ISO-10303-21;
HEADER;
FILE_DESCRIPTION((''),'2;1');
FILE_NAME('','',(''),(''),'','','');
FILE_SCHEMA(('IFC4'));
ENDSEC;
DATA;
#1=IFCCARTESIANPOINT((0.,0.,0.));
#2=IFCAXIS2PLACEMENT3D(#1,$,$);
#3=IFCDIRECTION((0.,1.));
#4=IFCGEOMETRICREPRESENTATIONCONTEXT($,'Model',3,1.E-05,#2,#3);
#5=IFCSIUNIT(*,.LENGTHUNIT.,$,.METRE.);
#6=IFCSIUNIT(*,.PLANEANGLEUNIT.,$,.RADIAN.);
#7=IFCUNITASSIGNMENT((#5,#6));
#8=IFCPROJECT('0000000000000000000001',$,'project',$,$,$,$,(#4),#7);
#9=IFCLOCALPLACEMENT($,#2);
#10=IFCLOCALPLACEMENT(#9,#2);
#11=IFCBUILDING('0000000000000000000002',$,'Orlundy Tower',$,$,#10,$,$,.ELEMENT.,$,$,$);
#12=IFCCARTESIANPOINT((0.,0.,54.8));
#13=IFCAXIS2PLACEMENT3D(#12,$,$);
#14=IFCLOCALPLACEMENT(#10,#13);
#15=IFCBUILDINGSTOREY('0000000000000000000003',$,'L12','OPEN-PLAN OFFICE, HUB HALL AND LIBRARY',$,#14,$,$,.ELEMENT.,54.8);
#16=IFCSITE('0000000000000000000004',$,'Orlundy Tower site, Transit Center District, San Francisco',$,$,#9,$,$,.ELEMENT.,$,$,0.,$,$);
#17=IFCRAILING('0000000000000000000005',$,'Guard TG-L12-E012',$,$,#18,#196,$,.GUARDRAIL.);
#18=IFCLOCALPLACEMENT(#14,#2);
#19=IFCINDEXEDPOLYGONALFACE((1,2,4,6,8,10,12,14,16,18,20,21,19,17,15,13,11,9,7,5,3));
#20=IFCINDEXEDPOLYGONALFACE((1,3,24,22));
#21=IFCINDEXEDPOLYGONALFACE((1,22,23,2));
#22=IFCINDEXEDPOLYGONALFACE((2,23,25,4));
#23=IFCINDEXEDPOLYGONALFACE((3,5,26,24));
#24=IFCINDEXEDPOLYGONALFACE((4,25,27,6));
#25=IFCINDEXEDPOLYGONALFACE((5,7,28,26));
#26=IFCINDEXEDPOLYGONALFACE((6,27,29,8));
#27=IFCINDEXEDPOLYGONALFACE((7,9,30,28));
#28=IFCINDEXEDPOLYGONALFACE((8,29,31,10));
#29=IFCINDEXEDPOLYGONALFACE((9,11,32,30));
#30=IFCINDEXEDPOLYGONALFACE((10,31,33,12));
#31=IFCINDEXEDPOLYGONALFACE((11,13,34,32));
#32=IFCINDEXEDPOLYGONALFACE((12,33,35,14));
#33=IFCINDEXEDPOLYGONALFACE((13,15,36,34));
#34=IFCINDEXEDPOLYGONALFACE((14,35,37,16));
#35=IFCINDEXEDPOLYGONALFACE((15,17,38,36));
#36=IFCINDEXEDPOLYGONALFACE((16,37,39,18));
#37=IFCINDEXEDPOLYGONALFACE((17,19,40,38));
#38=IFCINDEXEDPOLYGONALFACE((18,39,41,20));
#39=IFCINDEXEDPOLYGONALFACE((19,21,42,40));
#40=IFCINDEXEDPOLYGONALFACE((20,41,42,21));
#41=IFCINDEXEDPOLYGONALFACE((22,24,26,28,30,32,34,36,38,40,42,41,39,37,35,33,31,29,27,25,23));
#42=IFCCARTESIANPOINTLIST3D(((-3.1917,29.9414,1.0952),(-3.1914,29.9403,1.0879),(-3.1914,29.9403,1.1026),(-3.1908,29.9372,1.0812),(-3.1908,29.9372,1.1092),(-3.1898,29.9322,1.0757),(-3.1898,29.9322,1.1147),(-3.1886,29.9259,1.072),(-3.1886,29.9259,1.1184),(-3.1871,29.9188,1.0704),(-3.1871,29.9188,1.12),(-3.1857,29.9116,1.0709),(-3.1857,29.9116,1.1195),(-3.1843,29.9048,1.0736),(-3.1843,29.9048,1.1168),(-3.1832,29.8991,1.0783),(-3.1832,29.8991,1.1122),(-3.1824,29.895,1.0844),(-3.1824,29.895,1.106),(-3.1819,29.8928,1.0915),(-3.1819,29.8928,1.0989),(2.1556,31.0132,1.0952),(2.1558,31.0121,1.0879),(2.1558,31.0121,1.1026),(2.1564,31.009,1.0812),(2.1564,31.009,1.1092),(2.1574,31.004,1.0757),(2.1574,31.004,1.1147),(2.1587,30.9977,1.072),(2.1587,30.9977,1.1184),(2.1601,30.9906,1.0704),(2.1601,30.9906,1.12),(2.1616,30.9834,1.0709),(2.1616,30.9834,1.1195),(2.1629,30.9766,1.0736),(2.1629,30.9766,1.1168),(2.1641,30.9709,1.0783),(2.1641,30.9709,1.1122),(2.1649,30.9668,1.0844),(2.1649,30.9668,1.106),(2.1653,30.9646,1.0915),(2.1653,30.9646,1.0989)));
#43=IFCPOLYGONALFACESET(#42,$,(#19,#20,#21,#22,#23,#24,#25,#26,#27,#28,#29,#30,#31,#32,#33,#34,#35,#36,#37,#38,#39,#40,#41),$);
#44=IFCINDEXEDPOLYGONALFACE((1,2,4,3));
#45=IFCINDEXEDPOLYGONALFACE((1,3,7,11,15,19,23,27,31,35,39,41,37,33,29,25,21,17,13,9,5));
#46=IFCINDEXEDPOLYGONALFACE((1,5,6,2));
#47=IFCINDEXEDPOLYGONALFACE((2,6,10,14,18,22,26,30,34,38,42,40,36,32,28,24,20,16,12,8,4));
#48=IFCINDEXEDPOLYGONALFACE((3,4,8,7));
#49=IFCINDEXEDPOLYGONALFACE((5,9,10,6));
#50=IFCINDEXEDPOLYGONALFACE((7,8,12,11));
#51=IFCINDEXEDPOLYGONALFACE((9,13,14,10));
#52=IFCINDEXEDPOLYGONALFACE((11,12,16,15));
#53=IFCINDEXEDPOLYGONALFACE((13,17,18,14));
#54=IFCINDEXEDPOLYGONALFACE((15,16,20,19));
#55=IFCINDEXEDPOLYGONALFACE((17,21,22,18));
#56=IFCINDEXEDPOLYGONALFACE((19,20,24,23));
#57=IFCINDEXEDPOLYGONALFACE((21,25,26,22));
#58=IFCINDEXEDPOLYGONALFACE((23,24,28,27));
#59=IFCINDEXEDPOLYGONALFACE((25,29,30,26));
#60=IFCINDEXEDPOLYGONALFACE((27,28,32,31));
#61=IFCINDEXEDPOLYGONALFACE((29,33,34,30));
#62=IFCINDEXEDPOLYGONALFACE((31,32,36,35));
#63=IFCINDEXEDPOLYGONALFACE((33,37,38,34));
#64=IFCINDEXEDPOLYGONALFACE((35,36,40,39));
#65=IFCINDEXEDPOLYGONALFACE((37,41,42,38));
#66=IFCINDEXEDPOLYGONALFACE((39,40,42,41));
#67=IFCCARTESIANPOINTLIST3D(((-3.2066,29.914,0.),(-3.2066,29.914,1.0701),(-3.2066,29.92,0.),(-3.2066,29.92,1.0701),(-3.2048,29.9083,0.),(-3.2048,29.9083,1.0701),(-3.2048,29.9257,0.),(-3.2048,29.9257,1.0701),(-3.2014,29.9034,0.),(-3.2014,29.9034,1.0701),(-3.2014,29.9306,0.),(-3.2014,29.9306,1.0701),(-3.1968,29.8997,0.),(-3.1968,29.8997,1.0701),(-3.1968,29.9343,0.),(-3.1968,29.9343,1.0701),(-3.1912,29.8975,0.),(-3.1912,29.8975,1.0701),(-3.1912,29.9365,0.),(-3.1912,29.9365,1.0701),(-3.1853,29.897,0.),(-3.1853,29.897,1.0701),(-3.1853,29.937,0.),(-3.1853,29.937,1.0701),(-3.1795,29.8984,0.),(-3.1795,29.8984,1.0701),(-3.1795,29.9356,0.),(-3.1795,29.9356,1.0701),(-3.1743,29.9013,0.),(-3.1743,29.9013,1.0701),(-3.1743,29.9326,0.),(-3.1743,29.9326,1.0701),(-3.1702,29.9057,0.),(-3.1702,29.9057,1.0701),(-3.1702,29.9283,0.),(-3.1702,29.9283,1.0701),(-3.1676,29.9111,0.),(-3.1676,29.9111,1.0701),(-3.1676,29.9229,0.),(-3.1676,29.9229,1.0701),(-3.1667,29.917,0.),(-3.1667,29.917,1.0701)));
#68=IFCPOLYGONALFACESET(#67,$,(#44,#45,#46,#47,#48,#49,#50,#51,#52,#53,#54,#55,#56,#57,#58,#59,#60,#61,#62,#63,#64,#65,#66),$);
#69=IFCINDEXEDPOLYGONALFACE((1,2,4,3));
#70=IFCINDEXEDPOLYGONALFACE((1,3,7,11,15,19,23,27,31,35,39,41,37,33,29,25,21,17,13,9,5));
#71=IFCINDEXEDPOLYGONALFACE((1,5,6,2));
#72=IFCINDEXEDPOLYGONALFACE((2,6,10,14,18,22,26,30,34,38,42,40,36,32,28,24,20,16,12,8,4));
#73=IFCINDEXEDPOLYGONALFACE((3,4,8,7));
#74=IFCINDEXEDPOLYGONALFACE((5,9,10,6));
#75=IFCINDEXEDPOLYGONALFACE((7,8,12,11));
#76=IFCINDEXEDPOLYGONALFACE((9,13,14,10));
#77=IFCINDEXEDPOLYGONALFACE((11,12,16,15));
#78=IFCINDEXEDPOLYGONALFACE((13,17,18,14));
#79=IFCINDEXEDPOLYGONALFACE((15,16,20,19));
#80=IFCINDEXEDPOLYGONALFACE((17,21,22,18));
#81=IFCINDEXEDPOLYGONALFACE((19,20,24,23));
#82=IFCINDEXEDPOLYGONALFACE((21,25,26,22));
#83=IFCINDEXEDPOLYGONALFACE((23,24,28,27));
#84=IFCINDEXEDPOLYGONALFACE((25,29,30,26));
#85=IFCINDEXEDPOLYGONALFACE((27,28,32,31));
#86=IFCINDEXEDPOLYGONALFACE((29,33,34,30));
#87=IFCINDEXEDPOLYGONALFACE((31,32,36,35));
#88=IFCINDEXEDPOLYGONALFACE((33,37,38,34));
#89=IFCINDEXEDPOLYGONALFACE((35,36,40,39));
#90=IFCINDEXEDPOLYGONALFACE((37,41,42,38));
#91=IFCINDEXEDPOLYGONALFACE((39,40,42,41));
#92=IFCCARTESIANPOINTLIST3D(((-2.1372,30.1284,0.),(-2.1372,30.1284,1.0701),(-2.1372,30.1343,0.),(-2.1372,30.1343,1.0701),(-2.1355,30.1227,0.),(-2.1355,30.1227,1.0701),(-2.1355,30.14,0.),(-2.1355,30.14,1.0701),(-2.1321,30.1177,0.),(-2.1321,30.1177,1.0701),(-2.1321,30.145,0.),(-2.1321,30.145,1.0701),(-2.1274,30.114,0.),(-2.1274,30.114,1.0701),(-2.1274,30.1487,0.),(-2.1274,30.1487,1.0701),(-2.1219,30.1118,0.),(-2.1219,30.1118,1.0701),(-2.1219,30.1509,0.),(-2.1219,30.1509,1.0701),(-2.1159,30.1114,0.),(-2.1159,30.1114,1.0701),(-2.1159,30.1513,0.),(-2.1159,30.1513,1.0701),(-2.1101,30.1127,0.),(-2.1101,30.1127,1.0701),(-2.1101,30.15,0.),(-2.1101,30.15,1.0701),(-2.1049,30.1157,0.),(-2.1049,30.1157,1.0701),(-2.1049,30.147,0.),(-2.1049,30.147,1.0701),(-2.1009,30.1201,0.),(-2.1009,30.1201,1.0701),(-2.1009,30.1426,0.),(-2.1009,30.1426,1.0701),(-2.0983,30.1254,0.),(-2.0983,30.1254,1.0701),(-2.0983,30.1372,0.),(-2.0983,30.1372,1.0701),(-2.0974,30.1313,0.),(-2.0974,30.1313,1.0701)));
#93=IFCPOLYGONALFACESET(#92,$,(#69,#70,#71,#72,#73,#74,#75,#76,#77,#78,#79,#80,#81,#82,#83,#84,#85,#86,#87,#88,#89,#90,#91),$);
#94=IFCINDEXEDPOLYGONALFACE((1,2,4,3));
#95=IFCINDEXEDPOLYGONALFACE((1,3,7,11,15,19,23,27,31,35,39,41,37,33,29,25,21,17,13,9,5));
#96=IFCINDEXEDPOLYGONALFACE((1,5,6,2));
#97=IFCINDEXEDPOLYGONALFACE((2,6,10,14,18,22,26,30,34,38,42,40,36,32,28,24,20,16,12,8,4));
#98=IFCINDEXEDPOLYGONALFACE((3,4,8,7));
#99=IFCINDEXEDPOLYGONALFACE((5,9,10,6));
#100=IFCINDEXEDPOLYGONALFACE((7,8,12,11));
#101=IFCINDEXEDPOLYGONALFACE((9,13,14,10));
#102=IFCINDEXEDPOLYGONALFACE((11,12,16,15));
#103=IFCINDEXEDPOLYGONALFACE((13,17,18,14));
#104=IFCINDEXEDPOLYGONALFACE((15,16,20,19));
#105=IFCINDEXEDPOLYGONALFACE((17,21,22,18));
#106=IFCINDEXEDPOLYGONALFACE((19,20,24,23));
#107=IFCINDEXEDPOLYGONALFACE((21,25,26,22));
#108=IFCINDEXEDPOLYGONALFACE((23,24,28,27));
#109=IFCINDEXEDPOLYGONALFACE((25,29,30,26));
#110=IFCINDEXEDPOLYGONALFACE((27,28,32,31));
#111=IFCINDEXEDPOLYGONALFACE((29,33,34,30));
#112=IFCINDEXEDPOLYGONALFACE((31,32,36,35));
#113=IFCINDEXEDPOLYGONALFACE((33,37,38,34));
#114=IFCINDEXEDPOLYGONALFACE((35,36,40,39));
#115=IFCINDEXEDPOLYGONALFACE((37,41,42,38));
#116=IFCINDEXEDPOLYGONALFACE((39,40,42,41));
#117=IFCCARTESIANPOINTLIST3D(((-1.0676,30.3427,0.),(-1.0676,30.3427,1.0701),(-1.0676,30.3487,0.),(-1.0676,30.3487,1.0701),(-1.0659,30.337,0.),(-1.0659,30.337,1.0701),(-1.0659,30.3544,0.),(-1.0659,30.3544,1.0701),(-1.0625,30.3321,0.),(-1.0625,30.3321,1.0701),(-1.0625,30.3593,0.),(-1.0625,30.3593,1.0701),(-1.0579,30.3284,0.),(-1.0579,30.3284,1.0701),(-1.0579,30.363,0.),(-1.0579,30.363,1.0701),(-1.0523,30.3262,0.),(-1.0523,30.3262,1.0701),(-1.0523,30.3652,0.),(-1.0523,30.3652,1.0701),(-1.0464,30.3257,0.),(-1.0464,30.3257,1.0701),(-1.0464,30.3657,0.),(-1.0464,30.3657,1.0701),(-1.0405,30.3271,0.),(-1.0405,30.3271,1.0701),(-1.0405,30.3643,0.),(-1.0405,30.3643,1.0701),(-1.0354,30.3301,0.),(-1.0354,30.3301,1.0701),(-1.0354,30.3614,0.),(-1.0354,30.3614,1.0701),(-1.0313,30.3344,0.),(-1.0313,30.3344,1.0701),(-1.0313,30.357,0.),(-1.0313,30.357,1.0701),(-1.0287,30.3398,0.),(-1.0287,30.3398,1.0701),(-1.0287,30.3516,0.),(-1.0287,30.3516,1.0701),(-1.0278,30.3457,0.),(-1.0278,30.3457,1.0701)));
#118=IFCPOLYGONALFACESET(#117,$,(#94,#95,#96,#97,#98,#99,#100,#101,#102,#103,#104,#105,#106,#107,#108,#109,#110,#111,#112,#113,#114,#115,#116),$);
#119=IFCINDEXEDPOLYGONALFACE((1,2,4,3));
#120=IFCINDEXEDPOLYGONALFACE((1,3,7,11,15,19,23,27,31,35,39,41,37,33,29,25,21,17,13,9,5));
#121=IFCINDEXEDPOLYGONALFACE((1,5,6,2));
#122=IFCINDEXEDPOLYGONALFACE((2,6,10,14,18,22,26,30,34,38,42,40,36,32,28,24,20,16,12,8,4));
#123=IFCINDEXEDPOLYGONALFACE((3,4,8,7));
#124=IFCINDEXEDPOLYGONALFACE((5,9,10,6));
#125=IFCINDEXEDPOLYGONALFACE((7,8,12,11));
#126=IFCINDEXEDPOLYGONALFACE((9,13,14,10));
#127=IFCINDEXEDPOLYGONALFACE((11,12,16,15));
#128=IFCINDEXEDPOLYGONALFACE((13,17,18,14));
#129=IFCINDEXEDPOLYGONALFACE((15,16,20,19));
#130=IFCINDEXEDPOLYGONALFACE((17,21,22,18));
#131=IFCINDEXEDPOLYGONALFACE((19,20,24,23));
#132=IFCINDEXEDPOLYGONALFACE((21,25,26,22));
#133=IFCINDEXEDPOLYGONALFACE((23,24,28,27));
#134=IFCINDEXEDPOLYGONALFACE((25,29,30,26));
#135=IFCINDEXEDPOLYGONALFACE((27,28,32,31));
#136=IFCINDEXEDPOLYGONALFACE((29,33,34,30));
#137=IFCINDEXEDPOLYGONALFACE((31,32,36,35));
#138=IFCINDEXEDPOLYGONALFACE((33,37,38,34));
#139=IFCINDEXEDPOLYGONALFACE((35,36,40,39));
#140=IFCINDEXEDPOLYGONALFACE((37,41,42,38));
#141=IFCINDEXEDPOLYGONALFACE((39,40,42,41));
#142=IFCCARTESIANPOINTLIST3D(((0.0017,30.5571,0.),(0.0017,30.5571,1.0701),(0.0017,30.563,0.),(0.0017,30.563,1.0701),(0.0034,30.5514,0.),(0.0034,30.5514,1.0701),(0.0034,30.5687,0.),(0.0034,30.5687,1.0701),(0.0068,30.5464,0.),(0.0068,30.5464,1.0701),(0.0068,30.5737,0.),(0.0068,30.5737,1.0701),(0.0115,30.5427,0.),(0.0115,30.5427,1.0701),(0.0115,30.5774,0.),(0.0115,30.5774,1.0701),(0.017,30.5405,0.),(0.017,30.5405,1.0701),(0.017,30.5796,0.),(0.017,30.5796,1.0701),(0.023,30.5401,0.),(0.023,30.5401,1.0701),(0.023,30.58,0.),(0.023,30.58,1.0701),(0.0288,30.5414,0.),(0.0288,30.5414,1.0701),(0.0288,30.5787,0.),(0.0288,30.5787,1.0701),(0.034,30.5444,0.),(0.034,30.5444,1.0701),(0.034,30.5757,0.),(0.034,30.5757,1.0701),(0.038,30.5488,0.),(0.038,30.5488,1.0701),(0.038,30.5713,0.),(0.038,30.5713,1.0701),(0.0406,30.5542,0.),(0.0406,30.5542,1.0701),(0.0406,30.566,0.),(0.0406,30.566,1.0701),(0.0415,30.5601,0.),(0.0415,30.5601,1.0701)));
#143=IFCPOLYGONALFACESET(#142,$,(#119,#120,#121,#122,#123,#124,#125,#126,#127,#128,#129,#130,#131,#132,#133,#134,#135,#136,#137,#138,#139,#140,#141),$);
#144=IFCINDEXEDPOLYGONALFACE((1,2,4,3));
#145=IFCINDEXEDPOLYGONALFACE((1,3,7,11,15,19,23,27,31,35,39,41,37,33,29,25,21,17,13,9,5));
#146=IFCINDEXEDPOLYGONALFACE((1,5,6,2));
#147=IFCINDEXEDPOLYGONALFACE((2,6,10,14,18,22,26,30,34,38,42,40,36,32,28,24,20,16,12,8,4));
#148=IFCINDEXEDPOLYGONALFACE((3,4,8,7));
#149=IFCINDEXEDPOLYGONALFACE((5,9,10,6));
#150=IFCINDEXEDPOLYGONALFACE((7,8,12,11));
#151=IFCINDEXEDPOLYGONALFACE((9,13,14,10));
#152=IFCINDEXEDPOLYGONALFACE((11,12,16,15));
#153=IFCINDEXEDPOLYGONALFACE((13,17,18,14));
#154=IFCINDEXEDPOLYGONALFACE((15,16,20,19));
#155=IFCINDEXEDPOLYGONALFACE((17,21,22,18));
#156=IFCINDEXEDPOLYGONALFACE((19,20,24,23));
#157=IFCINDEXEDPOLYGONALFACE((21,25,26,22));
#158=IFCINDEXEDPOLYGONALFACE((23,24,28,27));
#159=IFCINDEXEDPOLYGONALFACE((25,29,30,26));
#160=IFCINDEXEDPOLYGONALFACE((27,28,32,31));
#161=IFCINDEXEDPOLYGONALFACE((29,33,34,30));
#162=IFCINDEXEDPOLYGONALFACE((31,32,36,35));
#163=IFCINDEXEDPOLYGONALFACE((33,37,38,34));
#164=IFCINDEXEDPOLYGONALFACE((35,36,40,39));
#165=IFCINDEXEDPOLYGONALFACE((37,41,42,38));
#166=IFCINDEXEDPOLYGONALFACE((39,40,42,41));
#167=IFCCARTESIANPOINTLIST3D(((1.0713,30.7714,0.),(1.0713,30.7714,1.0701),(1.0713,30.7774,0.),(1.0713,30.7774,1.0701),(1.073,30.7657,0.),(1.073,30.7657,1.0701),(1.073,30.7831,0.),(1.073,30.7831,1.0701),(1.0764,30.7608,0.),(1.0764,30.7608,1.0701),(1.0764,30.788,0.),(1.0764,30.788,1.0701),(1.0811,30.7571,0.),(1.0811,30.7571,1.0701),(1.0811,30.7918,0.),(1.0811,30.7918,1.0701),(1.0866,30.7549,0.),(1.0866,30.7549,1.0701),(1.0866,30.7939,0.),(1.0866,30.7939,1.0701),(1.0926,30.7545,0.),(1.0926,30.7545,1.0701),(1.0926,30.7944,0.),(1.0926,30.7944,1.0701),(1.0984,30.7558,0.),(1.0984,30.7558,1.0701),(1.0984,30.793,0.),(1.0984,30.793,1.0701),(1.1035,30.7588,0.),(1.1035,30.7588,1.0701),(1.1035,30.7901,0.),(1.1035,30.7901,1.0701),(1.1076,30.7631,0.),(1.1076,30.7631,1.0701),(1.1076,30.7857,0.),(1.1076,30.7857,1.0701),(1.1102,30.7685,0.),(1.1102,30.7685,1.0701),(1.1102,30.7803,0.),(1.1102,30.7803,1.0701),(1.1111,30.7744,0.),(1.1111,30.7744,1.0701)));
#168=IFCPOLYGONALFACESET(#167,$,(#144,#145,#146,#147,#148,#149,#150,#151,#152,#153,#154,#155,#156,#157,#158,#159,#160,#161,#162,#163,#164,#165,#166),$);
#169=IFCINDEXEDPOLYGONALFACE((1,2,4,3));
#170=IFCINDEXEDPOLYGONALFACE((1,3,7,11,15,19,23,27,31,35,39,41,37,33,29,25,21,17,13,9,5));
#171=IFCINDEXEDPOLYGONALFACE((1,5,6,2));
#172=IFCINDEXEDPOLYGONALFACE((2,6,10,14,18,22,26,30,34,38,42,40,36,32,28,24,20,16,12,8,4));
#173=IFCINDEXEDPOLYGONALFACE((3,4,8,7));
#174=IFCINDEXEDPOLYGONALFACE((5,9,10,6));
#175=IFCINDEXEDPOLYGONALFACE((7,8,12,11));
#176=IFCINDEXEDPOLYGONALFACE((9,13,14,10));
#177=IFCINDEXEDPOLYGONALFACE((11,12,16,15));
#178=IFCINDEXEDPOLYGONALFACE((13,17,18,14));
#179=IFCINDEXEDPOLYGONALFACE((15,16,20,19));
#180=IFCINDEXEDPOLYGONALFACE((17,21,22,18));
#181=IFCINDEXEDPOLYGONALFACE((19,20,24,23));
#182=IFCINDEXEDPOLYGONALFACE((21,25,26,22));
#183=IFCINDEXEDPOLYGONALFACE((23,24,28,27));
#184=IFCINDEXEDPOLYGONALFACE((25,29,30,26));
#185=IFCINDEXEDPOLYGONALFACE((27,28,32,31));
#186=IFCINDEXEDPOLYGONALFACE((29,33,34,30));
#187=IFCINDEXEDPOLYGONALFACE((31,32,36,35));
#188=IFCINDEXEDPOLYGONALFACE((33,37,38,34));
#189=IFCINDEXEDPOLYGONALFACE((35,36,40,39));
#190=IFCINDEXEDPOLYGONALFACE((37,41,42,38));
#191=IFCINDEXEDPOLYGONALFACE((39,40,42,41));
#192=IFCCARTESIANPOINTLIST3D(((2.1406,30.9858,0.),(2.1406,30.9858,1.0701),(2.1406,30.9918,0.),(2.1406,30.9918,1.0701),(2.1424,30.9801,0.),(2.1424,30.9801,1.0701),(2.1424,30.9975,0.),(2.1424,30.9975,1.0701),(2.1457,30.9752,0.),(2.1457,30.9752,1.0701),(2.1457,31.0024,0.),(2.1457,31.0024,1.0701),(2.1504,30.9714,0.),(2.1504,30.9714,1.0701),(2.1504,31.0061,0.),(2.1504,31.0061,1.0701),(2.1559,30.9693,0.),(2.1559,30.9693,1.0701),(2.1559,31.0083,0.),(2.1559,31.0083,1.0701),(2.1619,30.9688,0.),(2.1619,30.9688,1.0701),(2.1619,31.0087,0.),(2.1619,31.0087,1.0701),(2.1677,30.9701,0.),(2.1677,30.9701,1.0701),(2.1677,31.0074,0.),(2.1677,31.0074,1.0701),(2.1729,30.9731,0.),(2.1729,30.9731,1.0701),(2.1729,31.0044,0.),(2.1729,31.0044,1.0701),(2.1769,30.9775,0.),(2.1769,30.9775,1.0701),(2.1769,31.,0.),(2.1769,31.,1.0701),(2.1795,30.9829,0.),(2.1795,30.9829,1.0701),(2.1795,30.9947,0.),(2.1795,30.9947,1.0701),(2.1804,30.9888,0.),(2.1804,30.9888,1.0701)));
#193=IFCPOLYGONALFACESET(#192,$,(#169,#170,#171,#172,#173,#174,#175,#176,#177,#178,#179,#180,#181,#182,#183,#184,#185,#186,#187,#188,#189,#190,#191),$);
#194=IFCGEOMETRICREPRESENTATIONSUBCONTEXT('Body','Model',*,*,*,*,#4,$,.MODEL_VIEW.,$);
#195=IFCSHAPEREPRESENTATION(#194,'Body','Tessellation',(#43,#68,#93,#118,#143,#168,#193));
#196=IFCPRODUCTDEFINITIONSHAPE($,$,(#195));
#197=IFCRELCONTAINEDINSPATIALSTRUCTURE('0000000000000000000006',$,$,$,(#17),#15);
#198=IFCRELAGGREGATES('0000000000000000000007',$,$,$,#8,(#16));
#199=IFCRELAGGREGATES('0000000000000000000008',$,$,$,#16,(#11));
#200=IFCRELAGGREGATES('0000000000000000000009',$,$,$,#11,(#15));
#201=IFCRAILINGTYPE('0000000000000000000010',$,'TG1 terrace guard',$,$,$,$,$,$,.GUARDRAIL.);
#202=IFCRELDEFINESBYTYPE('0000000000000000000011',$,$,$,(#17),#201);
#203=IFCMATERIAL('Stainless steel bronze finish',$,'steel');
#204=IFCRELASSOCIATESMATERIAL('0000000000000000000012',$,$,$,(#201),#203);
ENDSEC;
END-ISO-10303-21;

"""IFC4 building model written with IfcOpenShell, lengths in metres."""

from ifc_helpers import new_model, si_unit, direction, frame, origin, origin_2d, place, context, subcontext, project, spatial, circle, extrude, material, type_object, element, save


model = new_model("IFC4")

# Units and contexts
model_context = context("Model", 3, precision=1e-05, world=origin(), true_north=direction((0.0, 1.0)))
body_context = subcontext(model_context, "Body", "Model", "MODEL_VIEW")
ifc_project = project(units=[si_unit("LENGTHUNIT", "METRE"), si_unit("PLANEANGLEUNIT", "RADIAN")], contexts=[model_context])

# Site, building, storey
site_placement = place(None, origin())
site = spatial("IfcSite", under=ifc_project, at=site_placement, Name="Orlundy Tower site, Transit Center District, San Francisco", CompositionType="ELEMENT", RefElevation=0.0)
building_placement = place(site_placement, origin())
building = spatial("IfcBuilding", under=site, at=building_placement, Name="Orlundy Tower", CompositionType="ELEMENT")
storey_placement = place(building_placement, frame((0.0, 0.0, 54.8)))
storey = spatial("IfcBuildingStorey", under=building, at=storey_placement, Name="L12", Description="OPEN-PLAN OFFICE, HUB HALL AND LIBRARY", CompositionType="ELEMENT", Elevation=54.8)

# Railing
ifc_material_1 = material(Name="Stainless steel bronze finish", Category="steel")
railing_type = type_object("IfcRailingType", Name="TG1 terrace guard", PredefinedType="GUARDRAIL", material=ifc_material_1)
railing_1_placement = place(storey_placement, frame((-3.1868, 29.917, 0.0)))
element("IfcRailing", 1, at=railing_1_placement, inside=storey, type_object=railing_type, Name="Guard TG-L12-E012", PredefinedType="GUARDRAIL", context=body_context, shape_type="SweptSolid", body=[
    extrude(circle(Radius=0.0249, at=origin_2d()), frame((0.0, 0.0, 1.0952), z_axis=(0.980498, 0.196529, 0.0), x_axis=(-0.196529, 0.980498, 0.0)), (0.0, 0.0, 1.0), 5.4536),
    extrude(circle(Radius=0.02, at=origin_2d()), origin(), (0.0, 0.0, 1.0), 1.0701),
    extrude(circle(Radius=0.02, at=origin_2d()), frame((1.0693, 0.2144, 0.0)), (0.0, 0.0, 1.0), 1.0701),
    extrude(circle(Radius=0.02, at=origin_2d()), frame((2.1389, 0.4287, 0.0)), (0.0, 0.0, 1.0), 1.0701),
    extrude(circle(Radius=0.02, at=origin_2d()), frame((3.2083, 0.6431, 0.0)), (0.0, 0.0, 1.0), 1.0701),
    extrude(circle(Radius=0.02, at=origin_2d()), frame((4.2778, 0.8574, 0.0)), (0.0, 0.0, 1.0), 1.0701),
    extrude(circle(Radius=0.02, at=origin_2d()), frame((5.3472, 1.0718, 0.0)), (0.0, 0.0, 1.0), 1.0701),
])

save(model, "model.ifc")
